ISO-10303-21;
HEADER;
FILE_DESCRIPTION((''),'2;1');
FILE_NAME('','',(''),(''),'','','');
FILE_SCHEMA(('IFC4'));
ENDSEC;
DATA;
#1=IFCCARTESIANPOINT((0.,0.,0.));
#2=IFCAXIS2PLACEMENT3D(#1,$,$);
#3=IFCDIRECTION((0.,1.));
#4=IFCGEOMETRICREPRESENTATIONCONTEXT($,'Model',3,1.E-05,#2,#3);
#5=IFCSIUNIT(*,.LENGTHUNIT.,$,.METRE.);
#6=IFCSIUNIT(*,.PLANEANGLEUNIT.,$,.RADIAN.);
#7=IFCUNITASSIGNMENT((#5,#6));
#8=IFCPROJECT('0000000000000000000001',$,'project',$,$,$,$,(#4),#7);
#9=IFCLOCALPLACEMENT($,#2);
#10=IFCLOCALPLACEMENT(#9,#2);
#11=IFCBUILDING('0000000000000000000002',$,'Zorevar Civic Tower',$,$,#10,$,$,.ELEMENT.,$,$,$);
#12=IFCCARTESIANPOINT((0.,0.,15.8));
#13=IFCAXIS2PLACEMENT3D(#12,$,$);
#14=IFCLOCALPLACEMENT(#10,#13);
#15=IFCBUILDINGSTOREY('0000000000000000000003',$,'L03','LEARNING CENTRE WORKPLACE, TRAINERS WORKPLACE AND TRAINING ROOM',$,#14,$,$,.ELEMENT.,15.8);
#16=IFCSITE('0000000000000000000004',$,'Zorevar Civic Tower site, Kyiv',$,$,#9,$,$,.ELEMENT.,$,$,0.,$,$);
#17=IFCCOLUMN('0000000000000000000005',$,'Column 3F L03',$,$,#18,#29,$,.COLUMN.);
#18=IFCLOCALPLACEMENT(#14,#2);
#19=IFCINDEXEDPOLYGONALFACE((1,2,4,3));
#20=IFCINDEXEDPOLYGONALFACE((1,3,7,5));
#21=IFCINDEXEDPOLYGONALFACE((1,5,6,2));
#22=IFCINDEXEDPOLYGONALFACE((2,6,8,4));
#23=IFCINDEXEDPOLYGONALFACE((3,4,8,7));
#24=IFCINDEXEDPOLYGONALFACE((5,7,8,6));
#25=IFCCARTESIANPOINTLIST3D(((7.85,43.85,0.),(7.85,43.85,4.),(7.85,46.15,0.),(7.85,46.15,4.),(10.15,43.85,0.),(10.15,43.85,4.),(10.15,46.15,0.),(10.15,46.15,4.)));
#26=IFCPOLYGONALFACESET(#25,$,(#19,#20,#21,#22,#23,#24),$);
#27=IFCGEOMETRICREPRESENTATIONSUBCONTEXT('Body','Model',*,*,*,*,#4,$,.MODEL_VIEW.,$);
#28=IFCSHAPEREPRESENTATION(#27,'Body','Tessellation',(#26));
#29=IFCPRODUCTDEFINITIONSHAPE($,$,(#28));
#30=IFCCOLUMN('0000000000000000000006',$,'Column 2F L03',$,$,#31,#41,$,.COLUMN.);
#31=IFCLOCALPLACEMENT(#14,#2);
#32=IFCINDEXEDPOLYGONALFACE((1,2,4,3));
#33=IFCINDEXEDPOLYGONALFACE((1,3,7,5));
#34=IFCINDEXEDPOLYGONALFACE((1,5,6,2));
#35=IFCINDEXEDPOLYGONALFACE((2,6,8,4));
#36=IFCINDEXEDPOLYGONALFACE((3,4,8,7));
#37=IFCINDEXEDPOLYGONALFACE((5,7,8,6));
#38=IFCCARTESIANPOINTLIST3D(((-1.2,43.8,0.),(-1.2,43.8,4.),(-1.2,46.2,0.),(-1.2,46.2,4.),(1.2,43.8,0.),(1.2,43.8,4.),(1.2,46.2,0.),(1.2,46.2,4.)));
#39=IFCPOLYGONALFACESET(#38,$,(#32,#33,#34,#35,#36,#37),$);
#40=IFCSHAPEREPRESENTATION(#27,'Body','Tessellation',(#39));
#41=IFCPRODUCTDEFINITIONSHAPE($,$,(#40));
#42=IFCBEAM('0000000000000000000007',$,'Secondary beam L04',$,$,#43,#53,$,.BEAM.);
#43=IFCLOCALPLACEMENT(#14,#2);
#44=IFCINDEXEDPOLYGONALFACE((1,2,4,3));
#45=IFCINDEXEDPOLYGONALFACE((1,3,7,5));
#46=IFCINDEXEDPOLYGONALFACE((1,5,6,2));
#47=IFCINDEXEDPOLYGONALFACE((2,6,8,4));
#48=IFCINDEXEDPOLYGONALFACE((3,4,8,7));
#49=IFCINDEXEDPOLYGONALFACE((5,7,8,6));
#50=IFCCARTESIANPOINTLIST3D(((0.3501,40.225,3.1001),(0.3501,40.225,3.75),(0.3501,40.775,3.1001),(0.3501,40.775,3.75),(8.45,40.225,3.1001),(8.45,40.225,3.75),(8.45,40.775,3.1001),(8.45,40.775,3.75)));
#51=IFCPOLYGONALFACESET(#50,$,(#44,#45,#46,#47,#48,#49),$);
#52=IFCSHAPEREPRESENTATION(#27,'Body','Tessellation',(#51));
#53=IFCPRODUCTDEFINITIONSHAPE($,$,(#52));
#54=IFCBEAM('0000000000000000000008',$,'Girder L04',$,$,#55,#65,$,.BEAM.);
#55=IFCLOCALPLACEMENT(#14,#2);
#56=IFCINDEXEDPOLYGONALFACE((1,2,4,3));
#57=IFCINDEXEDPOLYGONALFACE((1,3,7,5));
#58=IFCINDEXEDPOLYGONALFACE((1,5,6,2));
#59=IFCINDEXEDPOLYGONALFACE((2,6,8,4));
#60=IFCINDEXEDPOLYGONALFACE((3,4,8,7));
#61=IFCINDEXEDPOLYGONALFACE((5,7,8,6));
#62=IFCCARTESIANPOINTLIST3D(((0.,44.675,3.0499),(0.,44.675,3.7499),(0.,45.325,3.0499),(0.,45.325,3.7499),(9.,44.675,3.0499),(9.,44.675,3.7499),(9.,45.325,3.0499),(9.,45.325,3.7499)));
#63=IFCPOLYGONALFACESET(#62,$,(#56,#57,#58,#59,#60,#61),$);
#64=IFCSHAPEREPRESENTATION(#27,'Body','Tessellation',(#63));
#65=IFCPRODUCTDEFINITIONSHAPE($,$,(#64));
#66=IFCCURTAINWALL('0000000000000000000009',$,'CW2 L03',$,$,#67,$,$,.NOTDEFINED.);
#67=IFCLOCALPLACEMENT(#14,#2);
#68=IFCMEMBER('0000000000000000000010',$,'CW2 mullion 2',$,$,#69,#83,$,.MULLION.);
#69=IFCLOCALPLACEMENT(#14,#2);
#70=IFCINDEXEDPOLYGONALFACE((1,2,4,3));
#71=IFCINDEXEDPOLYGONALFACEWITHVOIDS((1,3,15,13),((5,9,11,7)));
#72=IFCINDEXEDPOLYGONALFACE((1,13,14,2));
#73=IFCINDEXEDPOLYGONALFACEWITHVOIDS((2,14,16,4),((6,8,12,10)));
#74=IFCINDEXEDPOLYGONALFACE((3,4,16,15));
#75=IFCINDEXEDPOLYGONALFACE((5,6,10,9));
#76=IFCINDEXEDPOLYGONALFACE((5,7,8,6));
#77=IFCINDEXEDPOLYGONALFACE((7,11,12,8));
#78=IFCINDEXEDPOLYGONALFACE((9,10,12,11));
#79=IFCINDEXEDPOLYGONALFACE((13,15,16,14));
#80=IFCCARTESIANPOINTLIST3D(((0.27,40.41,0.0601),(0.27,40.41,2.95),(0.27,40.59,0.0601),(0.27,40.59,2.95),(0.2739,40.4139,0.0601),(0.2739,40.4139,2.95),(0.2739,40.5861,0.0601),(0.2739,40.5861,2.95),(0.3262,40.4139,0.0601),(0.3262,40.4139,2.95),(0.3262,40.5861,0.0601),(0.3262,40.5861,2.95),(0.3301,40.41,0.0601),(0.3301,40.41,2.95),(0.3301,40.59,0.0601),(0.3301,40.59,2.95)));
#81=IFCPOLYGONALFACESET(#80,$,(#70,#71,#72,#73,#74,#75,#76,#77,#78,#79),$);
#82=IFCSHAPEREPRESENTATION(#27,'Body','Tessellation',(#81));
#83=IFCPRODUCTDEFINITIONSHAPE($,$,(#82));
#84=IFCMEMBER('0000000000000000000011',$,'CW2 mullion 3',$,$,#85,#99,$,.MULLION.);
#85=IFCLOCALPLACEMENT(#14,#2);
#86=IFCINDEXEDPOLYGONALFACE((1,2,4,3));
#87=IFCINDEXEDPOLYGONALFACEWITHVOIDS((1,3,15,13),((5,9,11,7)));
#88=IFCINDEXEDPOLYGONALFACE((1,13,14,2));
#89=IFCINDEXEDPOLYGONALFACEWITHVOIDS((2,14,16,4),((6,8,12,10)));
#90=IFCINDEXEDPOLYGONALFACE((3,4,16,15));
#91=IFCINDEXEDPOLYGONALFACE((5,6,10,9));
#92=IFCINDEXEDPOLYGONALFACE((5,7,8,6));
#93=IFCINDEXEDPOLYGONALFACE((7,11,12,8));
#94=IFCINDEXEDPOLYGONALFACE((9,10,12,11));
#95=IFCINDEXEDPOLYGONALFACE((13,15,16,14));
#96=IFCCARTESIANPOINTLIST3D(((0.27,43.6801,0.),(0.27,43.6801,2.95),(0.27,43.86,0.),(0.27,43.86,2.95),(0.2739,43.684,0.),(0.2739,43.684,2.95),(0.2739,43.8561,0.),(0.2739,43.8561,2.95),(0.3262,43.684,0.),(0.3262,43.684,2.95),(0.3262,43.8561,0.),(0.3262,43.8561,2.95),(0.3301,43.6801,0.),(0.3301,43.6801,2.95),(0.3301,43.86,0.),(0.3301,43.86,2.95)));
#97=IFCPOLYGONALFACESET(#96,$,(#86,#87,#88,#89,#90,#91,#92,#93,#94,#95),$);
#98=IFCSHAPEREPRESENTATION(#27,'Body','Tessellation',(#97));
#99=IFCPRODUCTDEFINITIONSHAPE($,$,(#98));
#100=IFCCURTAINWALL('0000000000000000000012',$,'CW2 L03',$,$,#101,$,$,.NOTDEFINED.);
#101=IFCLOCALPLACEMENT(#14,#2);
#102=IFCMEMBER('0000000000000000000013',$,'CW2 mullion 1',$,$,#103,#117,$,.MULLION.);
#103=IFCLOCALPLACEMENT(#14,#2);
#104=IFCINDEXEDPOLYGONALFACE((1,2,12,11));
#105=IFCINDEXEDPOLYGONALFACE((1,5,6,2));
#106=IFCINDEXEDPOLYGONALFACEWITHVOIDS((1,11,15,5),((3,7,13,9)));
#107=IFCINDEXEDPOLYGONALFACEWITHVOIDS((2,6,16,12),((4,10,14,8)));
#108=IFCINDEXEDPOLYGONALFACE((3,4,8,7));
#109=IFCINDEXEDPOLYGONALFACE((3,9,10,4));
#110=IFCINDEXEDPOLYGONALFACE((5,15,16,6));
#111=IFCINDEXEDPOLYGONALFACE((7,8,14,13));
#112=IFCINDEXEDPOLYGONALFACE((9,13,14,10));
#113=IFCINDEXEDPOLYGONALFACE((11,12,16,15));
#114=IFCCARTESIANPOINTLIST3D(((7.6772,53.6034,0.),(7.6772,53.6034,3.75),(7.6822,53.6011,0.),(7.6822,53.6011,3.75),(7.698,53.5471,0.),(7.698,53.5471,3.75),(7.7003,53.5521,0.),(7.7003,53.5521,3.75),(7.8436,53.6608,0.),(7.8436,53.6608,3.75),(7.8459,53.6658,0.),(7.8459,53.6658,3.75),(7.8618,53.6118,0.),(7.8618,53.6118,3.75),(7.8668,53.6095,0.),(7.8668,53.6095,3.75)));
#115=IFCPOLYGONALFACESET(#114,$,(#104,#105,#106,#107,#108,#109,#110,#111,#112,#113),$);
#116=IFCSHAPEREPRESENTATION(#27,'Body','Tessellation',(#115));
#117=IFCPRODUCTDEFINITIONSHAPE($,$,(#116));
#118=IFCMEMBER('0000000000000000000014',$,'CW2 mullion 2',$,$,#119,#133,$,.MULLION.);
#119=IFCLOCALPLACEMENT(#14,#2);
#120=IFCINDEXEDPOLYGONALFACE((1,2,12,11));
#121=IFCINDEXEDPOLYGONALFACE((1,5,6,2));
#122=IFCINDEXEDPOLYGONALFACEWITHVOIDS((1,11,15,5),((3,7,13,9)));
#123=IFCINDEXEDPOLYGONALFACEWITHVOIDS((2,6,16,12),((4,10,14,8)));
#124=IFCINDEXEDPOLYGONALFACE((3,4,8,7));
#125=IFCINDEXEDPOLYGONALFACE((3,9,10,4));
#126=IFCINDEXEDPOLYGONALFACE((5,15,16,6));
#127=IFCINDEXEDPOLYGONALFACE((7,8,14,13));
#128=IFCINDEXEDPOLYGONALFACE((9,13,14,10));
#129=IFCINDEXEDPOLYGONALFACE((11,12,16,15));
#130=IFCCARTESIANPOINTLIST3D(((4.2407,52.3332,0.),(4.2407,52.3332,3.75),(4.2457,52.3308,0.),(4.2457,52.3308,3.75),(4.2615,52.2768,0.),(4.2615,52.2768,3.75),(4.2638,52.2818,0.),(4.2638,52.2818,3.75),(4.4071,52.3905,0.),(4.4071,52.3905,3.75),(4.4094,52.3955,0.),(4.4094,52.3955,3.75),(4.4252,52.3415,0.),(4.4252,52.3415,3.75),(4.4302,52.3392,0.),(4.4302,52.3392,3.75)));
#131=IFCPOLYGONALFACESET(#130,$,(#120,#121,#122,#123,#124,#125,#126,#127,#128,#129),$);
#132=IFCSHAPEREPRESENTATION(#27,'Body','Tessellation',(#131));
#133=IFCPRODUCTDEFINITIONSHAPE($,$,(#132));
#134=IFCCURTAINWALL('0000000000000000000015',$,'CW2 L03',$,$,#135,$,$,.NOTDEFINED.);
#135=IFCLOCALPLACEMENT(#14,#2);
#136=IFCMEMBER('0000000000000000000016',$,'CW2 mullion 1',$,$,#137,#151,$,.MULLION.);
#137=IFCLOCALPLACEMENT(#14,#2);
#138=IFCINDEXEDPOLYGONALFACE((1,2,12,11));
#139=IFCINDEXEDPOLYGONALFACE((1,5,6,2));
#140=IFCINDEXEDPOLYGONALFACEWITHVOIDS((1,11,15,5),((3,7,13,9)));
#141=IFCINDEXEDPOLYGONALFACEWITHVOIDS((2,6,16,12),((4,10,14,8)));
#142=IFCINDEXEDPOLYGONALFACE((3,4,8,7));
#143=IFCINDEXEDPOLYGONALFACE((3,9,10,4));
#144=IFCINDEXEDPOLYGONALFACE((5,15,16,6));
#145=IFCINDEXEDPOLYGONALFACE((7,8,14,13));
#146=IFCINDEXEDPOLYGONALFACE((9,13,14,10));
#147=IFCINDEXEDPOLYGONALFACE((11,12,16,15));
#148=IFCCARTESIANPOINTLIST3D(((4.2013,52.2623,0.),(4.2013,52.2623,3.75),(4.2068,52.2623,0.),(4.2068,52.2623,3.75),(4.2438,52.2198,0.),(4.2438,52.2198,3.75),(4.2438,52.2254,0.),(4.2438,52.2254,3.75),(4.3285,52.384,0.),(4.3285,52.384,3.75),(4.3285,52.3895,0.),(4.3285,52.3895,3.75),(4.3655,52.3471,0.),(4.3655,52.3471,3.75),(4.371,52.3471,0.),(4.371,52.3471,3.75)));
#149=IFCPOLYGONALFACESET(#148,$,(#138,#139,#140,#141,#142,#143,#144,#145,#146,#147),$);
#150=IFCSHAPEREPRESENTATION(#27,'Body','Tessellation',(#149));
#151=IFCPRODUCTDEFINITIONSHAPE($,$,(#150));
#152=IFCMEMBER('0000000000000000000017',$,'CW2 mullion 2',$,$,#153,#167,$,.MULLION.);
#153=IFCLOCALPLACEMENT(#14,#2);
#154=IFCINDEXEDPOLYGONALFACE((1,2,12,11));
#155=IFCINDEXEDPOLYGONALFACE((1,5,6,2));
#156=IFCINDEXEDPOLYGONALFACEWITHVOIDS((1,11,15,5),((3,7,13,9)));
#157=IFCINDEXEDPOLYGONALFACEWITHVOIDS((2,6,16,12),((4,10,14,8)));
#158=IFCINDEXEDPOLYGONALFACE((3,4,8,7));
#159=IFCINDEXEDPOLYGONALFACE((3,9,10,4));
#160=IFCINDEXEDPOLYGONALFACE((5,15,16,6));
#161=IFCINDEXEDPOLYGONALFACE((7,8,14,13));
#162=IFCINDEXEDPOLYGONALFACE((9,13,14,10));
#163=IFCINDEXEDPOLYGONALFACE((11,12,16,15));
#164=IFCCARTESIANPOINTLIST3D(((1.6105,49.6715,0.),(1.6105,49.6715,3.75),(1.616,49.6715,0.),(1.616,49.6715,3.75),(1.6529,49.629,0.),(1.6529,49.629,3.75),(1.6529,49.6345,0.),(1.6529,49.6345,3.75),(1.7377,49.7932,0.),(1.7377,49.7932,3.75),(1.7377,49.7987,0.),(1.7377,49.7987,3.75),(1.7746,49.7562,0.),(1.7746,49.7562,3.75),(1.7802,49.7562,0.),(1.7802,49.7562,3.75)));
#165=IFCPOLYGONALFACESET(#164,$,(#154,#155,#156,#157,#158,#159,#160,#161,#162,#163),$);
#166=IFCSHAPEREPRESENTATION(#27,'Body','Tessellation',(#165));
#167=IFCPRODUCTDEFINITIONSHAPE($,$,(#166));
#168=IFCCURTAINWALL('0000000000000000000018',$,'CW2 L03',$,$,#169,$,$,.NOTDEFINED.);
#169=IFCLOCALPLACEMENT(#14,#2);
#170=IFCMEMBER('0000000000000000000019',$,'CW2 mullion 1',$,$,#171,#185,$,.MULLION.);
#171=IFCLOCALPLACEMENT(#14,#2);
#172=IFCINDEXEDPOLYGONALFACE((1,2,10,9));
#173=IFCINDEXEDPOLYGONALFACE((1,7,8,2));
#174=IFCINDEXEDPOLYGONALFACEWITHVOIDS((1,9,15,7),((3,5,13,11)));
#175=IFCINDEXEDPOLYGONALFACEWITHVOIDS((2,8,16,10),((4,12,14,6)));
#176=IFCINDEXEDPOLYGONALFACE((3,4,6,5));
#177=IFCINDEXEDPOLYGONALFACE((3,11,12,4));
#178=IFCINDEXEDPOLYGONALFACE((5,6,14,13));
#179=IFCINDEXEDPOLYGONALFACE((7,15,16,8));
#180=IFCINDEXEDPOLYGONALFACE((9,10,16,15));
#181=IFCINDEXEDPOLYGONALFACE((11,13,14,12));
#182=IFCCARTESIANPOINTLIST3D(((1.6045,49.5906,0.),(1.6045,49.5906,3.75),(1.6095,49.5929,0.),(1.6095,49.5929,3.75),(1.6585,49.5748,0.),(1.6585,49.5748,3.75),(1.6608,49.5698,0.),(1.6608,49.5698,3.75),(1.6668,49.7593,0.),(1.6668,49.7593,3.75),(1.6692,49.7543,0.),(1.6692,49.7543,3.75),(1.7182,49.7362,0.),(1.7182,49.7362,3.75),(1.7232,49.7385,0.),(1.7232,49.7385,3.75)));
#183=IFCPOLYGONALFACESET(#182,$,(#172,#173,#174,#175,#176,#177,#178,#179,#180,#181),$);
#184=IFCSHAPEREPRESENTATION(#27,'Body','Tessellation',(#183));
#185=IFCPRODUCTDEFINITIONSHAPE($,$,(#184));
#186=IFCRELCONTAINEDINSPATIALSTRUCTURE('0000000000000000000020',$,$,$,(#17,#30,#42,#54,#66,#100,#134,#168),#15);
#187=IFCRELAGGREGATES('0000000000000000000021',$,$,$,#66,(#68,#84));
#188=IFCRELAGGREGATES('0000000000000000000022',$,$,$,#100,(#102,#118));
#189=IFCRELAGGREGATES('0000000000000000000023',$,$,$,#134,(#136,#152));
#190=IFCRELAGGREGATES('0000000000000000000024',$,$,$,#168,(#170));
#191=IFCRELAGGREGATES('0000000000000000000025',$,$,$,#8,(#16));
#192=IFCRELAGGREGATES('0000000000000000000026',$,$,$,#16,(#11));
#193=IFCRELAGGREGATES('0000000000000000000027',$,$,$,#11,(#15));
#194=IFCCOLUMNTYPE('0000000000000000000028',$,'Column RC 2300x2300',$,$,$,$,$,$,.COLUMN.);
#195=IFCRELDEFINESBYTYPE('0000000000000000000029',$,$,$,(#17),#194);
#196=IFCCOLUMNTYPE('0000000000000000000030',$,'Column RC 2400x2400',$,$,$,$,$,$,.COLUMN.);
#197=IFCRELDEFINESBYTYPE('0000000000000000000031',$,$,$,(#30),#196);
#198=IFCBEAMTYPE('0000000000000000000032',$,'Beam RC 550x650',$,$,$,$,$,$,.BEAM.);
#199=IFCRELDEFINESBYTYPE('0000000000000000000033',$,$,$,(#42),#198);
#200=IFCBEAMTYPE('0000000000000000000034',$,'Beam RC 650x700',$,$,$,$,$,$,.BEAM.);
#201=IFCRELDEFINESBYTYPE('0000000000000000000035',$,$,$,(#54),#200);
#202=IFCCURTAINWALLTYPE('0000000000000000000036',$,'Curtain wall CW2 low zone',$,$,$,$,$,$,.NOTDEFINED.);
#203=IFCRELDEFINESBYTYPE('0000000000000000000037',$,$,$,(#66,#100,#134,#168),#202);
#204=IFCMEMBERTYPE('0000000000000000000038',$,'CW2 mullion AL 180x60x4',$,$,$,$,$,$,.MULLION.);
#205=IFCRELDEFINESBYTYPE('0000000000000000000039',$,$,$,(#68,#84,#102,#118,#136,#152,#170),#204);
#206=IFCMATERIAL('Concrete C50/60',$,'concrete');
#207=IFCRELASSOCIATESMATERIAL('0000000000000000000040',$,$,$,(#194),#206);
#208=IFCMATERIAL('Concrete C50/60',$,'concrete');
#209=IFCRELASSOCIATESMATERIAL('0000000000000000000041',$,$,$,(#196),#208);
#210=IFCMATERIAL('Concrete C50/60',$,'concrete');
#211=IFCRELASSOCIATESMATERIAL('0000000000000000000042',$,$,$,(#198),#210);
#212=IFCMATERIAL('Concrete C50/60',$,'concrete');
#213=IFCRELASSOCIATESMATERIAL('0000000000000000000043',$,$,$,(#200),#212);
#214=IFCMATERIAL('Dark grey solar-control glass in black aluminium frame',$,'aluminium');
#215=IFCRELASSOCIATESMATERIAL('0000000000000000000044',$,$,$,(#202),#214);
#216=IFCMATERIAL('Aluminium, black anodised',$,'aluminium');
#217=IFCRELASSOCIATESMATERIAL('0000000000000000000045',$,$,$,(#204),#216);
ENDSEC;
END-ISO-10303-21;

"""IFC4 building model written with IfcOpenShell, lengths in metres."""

from ifc_helpers import new_model, si_unit, direction, frame, origin, origin_2d, place, context, subcontext, project, spatial, rectangle, hollow_rectangle, extrude, material, material_profile, profile_set, type_object, element, aggregate, save


model = new_model("IFC4")

# Units and contexts
model_context = context("Model", 3, precision=1e-05, world=origin(), true_north=direction((0.0, 1.0)))
body_context = subcontext(model_context, "Body", "Model", "MODEL_VIEW")
ifc_project = project(units=[si_unit("LENGTHUNIT", "METRE"), si_unit("PLANEANGLEUNIT", "RADIAN")], contexts=[model_context])

# Site, building, storey
site_placement = place(None, origin())
site = spatial("IfcSite", under=ifc_project, at=site_placement, Name="Zorevar Civic Tower site, Kyiv", CompositionType="ELEMENT", RefElevation=0.0)
building_placement = place(site_placement, origin())
building = spatial("IfcBuilding", under=site, at=building_placement, Name="Zorevar Civic Tower", CompositionType="ELEMENT")
storey_placement = place(building_placement, frame((0.0, 0.0, 15.8)))
storey = spatial("IfcBuildingStorey", under=building, at=storey_placement, Name="L03", Description="LEARNING CENTRE WORKPLACE, TRAINERS WORKPLACE AND TRAINING ROOM", CompositionType="ELEMENT", Elevation=15.8)

# Columns
ifc_material_1 = material(Name="Concrete C50/60", Category="concrete")
ifc_material_profile_1 = material_profile(ifc_material_1, rectangle(XDim=2.3, YDim=2.3, at=origin_2d()), Name="RC 2300x2300")
ifc_profile_set_1 = profile_set([ifc_material_profile_1], Name="Concrete C50/60")
column_type_1 = type_object("IfcColumnType", Name="Column RC 2300x2300", PredefinedType="COLUMN", material=ifc_profile_set_1)
column_1_placement = place(storey_placement, frame((9.0, 45.0, 0.0), z_axis=(0.0, 0.0, 1.0), x_axis=(1.0, 0.0, 0.0)))
element("IfcColumn", 1, at=column_1_placement, inside=storey, type_object=column_type_1, Name="Column 3F L03", PredefinedType="COLUMN", context=body_context, shape_type="SweptSolid", body=[
    extrude(rectangle(XDim=2.3, YDim=2.3, at=origin_2d()), origin(), (0.0, 0.0, 1.0), 4.0),
])
ifc_material_2 = material(Name="Concrete C50/60", Category="concrete")
ifc_material_profile_2 = material_profile(ifc_material_2, rectangle(XDim=2.3999, YDim=2.3999, at=origin_2d()), Name="RC 2400x2400")
ifc_profile_set_2 = profile_set([ifc_material_profile_2], Name="Concrete C50/60")
column_type_2 = type_object("IfcColumnType", Name="Column RC 2400x2400", PredefinedType="COLUMN", material=ifc_profile_set_2)
column_2_placement = place(storey_placement, frame((0.0, 45.0, 0.0), z_axis=(0.0, 0.0, 1.0), x_axis=(1.0, 0.0, 0.0)))
element("IfcColumn", 2, at=column_2_placement, inside=storey, type_object=column_type_2, Name="Column 2F L03", PredefinedType="COLUMN", context=body_context, shape_type="SweptSolid", body=[
    extrude(rectangle(XDim=2.3999, YDim=2.3999, at=origin_2d()), origin(), (0.0, 0.0, 1.0), 4.0),
])

# Beams
ifc_material_3 = material(Name="Concrete C50/60", Category="concrete")
ifc_material_profile_3 = material_profile(ifc_material_3, rectangle(XDim=0.55, YDim=0.6499, at=origin_2d()), Name="RC 550x650")
ifc_profile_set_3 = profile_set([ifc_material_profile_3], Name="Concrete C50/60")
beam_type_1 = type_object("IfcBeamType", Name="Beam RC 550x650", PredefinedType="BEAM", material=ifc_profile_set_3)
beam_1_placement = place(storey_placement, frame((0.3501, 40.5, 3.425), z_axis=(1.0, 0.0, 0.0), x_axis=(0.0, 1.0, 0.0)))
element("IfcBeam", 3, at=beam_1_placement, inside=storey, type_object=beam_type_1, Name="Secondary beam L04", PredefinedType="BEAM", context=body_context, shape_type="SweptSolid", body=[
    extrude(rectangle(XDim=0.55, YDim=0.6499, at=origin_2d()), origin(), (0.0, 0.0, 1.0), 8.0999),
])
ifc_material_4 = material(Name="Concrete C50/60", Category="concrete")
ifc_material_profile_4 = material_profile(ifc_material_4, rectangle(XDim=0.6499, YDim=0.7, at=origin_2d()), Name="RC 650x700")
ifc_profile_set_4 = profile_set([ifc_material_profile_4], Name="Concrete C50/60")
beam_type_2 = type_object("IfcBeamType", Name="Beam RC 650x700", PredefinedType="BEAM", material=ifc_profile_set_4)
beam_2_placement = place(storey_placement, frame((0.0, 45.0, 3.3999), z_axis=(1.0, 0.0, 0.0), x_axis=(0.0, 1.0, 0.0)))
element("IfcBeam", 4, at=beam_2_placement, inside=storey, type_object=beam_type_2, Name="Girder L04", PredefinedType="BEAM", context=body_context, shape_type="SweptSolid", body=[
    extrude(rectangle(XDim=0.6499, YDim=0.7, at=origin_2d()), origin(), (0.0, 0.0, 1.0), 9.0),
])

# Curtain walls, members
ifc_material_5 = material(Name="Dark grey solar-control glass in black aluminium frame", Category="aluminium")
curtain_wall_type = type_object("IfcCurtainWallType", Name="Curtain wall CW2 low zone", PredefinedType="NOTDEFINED", material=ifc_material_5)
curtain_wall_1_placement = place(storey_placement, origin())
curtain_wall_1 = element("IfcCurtainWall", 5, at=curtain_wall_1_placement, inside=storey, type_object=curtain_wall_type, Name="CW2 L03", PredefinedType="NOTDEFINED")
ifc_material_6 = material(Name="Aluminium, black anodised", Category="aluminium")
ifc_material_profile_5 = material_profile(ifc_material_6, hollow_rectangle(XDim=0.0601, YDim=0.1799, WallThickness=0.0039, at=origin_2d()), Name="AL 180x60x4")
ifc_profile_set_5 = profile_set([ifc_material_profile_5], Name="Aluminium, black anodised")
member_type_1 = type_object("IfcMemberType", Name="CW2 mullion AL 180x60x4", PredefinedType="MULLION", material=ifc_profile_set_5)
member_1_placement = place(storey_placement, frame((0.3, 40.5, 0.0601), z_axis=(0.0, 0.0, 1.0), x_axis=(-1.0, 0.0, 0.0)))
member_1 = element("IfcMember", 6, at=member_1_placement, type_object=member_type_1, Name="CW2 mullion 2", PredefinedType="MULLION", context=body_context, shape_type="SweptSolid", body=[
    extrude(hollow_rectangle(XDim=0.0601, YDim=0.1799, WallThickness=0.0039, at=origin_2d()), origin(), (0.0, 0.0, 1.0), 2.8899),
])
member_2_placement = place(storey_placement, frame((0.3, 43.77, 0.0), z_axis=(0.0, 0.0, 1.0), x_axis=(-1.0, 0.0, 0.0)))
member_2 = element("IfcMember", 7, at=member_2_placement, type_object=member_type_1, Name="CW2 mullion 3", PredefinedType="MULLION", context=body_context, shape_type="SweptSolid", body=[
    extrude(hollow_rectangle(XDim=0.0601, YDim=0.1799, WallThickness=0.0039, at=origin_2d()), origin(), (0.0, 0.0, 1.0), 2.95),
])
curtain_wall_2_placement = place(storey_placement, origin())
curtain_wall_2 = element("IfcCurtainWall", 8, at=curtain_wall_2_placement, inside=storey, type_object=curtain_wall_type, Name="CW2 L03", PredefinedType="NOTDEFINED")
member_3_placement = place(storey_placement, frame((7.772, 53.6064, 0.0), z_axis=(0.0, 0.0, 1.0), x_axis=(0.346704, -0.937975, 0.0)))
member_3 = element("IfcMember", 9, at=member_3_placement, type_object=member_type_1, Name="CW2 mullion 1", PredefinedType="MULLION", context=body_context, shape_type="SweptSolid", body=[
    extrude(hollow_rectangle(XDim=0.0601, YDim=0.1799, WallThickness=0.0039, at=origin_2d()), origin(), (0.0, 0.0, 1.0), 3.75),
])
member_4_placement = place(storey_placement, frame((4.3354, 52.3362, 0.0), z_axis=(0.0, 0.0, 1.0), x_axis=(0.346704, -0.937975, 0.0)))
member_4 = element("IfcMember", 10, at=member_4_placement, type_object=member_type_1, Name="CW2 mullion 2", PredefinedType="MULLION", context=body_context, shape_type="SweptSolid", body=[
    extrude(hollow_rectangle(XDim=0.0601, YDim=0.1799, WallThickness=0.0039, at=origin_2d()), origin(), (0.0, 0.0, 1.0), 3.75),
])
curtain_wall_3_placement = place(storey_placement, origin())
curtain_wall_3 = element("IfcCurtainWall", 11, at=curtain_wall_3_placement, inside=storey, type_object=curtain_wall_type, Name="CW2 L03", PredefinedType="NOTDEFINED")
member_5_placement = place(storey_placement, frame((4.2861, 52.3047, 0.0), z_axis=(0.0, 0.0, 1.0), x_axis=(0.707107, -0.707107, 0.0)))
member_5 = element("IfcMember", 12, at=member_5_placement, type_object=member_type_1, Name="CW2 mullion 1", PredefinedType="MULLION", context=body_context, shape_type="SweptSolid", body=[
    extrude(hollow_rectangle(XDim=0.0601, YDim=0.1799, WallThickness=0.0039, at=origin_2d()), origin(), (0.0, 0.0, 1.0), 3.75),
])
member_6_placement = place(storey_placement, frame((1.6953, 49.7139, 0.0), z_axis=(0.0, 0.0, 1.0), x_axis=(0.707107, -0.707107, 0.0)))
member_6 = element("IfcMember", 13, at=member_6_placement, type_object=member_type_1, Name="CW2 mullion 2", PredefinedType="MULLION", context=body_context, shape_type="SweptSolid", body=[
    extrude(hollow_rectangle(XDim=0.0601, YDim=0.1799, WallThickness=0.0039, at=origin_2d()), origin(), (0.0, 0.0, 1.0), 3.75),
])
curtain_wall_4_placement = place(storey_placement, origin())
curtain_wall_4 = element("IfcCurtainWall", 14, at=curtain_wall_4_placement, inside=storey, type_object=curtain_wall_type, Name="CW2 L03", PredefinedType="NOTDEFINED")
member_7_placement = place(storey_placement, frame((1.6638, 49.6646, 0.0), z_axis=(0.0, 0.0, 1.0), x_axis=(0.937975, -0.346704, 0.0)))
member_7 = element("IfcMember", 15, at=member_7_placement, type_object=member_type_1, Name="CW2 mullion 1", PredefinedType="MULLION", context=body_context, shape_type="SweptSolid", body=[
    extrude(hollow_rectangle(XDim=0.0601, YDim=0.1799, WallThickness=0.0039, at=origin_2d()), origin(), (0.0, 0.0, 1.0), 3.75),
])

aggregate(curtain_wall_1, [member_1, member_2])
aggregate(curtain_wall_2, [member_3, member_4])
aggregate(curtain_wall_3, [member_5, member_6])
aggregate(curtain_wall_4, [member_7])

save(model, "model.ifc")
